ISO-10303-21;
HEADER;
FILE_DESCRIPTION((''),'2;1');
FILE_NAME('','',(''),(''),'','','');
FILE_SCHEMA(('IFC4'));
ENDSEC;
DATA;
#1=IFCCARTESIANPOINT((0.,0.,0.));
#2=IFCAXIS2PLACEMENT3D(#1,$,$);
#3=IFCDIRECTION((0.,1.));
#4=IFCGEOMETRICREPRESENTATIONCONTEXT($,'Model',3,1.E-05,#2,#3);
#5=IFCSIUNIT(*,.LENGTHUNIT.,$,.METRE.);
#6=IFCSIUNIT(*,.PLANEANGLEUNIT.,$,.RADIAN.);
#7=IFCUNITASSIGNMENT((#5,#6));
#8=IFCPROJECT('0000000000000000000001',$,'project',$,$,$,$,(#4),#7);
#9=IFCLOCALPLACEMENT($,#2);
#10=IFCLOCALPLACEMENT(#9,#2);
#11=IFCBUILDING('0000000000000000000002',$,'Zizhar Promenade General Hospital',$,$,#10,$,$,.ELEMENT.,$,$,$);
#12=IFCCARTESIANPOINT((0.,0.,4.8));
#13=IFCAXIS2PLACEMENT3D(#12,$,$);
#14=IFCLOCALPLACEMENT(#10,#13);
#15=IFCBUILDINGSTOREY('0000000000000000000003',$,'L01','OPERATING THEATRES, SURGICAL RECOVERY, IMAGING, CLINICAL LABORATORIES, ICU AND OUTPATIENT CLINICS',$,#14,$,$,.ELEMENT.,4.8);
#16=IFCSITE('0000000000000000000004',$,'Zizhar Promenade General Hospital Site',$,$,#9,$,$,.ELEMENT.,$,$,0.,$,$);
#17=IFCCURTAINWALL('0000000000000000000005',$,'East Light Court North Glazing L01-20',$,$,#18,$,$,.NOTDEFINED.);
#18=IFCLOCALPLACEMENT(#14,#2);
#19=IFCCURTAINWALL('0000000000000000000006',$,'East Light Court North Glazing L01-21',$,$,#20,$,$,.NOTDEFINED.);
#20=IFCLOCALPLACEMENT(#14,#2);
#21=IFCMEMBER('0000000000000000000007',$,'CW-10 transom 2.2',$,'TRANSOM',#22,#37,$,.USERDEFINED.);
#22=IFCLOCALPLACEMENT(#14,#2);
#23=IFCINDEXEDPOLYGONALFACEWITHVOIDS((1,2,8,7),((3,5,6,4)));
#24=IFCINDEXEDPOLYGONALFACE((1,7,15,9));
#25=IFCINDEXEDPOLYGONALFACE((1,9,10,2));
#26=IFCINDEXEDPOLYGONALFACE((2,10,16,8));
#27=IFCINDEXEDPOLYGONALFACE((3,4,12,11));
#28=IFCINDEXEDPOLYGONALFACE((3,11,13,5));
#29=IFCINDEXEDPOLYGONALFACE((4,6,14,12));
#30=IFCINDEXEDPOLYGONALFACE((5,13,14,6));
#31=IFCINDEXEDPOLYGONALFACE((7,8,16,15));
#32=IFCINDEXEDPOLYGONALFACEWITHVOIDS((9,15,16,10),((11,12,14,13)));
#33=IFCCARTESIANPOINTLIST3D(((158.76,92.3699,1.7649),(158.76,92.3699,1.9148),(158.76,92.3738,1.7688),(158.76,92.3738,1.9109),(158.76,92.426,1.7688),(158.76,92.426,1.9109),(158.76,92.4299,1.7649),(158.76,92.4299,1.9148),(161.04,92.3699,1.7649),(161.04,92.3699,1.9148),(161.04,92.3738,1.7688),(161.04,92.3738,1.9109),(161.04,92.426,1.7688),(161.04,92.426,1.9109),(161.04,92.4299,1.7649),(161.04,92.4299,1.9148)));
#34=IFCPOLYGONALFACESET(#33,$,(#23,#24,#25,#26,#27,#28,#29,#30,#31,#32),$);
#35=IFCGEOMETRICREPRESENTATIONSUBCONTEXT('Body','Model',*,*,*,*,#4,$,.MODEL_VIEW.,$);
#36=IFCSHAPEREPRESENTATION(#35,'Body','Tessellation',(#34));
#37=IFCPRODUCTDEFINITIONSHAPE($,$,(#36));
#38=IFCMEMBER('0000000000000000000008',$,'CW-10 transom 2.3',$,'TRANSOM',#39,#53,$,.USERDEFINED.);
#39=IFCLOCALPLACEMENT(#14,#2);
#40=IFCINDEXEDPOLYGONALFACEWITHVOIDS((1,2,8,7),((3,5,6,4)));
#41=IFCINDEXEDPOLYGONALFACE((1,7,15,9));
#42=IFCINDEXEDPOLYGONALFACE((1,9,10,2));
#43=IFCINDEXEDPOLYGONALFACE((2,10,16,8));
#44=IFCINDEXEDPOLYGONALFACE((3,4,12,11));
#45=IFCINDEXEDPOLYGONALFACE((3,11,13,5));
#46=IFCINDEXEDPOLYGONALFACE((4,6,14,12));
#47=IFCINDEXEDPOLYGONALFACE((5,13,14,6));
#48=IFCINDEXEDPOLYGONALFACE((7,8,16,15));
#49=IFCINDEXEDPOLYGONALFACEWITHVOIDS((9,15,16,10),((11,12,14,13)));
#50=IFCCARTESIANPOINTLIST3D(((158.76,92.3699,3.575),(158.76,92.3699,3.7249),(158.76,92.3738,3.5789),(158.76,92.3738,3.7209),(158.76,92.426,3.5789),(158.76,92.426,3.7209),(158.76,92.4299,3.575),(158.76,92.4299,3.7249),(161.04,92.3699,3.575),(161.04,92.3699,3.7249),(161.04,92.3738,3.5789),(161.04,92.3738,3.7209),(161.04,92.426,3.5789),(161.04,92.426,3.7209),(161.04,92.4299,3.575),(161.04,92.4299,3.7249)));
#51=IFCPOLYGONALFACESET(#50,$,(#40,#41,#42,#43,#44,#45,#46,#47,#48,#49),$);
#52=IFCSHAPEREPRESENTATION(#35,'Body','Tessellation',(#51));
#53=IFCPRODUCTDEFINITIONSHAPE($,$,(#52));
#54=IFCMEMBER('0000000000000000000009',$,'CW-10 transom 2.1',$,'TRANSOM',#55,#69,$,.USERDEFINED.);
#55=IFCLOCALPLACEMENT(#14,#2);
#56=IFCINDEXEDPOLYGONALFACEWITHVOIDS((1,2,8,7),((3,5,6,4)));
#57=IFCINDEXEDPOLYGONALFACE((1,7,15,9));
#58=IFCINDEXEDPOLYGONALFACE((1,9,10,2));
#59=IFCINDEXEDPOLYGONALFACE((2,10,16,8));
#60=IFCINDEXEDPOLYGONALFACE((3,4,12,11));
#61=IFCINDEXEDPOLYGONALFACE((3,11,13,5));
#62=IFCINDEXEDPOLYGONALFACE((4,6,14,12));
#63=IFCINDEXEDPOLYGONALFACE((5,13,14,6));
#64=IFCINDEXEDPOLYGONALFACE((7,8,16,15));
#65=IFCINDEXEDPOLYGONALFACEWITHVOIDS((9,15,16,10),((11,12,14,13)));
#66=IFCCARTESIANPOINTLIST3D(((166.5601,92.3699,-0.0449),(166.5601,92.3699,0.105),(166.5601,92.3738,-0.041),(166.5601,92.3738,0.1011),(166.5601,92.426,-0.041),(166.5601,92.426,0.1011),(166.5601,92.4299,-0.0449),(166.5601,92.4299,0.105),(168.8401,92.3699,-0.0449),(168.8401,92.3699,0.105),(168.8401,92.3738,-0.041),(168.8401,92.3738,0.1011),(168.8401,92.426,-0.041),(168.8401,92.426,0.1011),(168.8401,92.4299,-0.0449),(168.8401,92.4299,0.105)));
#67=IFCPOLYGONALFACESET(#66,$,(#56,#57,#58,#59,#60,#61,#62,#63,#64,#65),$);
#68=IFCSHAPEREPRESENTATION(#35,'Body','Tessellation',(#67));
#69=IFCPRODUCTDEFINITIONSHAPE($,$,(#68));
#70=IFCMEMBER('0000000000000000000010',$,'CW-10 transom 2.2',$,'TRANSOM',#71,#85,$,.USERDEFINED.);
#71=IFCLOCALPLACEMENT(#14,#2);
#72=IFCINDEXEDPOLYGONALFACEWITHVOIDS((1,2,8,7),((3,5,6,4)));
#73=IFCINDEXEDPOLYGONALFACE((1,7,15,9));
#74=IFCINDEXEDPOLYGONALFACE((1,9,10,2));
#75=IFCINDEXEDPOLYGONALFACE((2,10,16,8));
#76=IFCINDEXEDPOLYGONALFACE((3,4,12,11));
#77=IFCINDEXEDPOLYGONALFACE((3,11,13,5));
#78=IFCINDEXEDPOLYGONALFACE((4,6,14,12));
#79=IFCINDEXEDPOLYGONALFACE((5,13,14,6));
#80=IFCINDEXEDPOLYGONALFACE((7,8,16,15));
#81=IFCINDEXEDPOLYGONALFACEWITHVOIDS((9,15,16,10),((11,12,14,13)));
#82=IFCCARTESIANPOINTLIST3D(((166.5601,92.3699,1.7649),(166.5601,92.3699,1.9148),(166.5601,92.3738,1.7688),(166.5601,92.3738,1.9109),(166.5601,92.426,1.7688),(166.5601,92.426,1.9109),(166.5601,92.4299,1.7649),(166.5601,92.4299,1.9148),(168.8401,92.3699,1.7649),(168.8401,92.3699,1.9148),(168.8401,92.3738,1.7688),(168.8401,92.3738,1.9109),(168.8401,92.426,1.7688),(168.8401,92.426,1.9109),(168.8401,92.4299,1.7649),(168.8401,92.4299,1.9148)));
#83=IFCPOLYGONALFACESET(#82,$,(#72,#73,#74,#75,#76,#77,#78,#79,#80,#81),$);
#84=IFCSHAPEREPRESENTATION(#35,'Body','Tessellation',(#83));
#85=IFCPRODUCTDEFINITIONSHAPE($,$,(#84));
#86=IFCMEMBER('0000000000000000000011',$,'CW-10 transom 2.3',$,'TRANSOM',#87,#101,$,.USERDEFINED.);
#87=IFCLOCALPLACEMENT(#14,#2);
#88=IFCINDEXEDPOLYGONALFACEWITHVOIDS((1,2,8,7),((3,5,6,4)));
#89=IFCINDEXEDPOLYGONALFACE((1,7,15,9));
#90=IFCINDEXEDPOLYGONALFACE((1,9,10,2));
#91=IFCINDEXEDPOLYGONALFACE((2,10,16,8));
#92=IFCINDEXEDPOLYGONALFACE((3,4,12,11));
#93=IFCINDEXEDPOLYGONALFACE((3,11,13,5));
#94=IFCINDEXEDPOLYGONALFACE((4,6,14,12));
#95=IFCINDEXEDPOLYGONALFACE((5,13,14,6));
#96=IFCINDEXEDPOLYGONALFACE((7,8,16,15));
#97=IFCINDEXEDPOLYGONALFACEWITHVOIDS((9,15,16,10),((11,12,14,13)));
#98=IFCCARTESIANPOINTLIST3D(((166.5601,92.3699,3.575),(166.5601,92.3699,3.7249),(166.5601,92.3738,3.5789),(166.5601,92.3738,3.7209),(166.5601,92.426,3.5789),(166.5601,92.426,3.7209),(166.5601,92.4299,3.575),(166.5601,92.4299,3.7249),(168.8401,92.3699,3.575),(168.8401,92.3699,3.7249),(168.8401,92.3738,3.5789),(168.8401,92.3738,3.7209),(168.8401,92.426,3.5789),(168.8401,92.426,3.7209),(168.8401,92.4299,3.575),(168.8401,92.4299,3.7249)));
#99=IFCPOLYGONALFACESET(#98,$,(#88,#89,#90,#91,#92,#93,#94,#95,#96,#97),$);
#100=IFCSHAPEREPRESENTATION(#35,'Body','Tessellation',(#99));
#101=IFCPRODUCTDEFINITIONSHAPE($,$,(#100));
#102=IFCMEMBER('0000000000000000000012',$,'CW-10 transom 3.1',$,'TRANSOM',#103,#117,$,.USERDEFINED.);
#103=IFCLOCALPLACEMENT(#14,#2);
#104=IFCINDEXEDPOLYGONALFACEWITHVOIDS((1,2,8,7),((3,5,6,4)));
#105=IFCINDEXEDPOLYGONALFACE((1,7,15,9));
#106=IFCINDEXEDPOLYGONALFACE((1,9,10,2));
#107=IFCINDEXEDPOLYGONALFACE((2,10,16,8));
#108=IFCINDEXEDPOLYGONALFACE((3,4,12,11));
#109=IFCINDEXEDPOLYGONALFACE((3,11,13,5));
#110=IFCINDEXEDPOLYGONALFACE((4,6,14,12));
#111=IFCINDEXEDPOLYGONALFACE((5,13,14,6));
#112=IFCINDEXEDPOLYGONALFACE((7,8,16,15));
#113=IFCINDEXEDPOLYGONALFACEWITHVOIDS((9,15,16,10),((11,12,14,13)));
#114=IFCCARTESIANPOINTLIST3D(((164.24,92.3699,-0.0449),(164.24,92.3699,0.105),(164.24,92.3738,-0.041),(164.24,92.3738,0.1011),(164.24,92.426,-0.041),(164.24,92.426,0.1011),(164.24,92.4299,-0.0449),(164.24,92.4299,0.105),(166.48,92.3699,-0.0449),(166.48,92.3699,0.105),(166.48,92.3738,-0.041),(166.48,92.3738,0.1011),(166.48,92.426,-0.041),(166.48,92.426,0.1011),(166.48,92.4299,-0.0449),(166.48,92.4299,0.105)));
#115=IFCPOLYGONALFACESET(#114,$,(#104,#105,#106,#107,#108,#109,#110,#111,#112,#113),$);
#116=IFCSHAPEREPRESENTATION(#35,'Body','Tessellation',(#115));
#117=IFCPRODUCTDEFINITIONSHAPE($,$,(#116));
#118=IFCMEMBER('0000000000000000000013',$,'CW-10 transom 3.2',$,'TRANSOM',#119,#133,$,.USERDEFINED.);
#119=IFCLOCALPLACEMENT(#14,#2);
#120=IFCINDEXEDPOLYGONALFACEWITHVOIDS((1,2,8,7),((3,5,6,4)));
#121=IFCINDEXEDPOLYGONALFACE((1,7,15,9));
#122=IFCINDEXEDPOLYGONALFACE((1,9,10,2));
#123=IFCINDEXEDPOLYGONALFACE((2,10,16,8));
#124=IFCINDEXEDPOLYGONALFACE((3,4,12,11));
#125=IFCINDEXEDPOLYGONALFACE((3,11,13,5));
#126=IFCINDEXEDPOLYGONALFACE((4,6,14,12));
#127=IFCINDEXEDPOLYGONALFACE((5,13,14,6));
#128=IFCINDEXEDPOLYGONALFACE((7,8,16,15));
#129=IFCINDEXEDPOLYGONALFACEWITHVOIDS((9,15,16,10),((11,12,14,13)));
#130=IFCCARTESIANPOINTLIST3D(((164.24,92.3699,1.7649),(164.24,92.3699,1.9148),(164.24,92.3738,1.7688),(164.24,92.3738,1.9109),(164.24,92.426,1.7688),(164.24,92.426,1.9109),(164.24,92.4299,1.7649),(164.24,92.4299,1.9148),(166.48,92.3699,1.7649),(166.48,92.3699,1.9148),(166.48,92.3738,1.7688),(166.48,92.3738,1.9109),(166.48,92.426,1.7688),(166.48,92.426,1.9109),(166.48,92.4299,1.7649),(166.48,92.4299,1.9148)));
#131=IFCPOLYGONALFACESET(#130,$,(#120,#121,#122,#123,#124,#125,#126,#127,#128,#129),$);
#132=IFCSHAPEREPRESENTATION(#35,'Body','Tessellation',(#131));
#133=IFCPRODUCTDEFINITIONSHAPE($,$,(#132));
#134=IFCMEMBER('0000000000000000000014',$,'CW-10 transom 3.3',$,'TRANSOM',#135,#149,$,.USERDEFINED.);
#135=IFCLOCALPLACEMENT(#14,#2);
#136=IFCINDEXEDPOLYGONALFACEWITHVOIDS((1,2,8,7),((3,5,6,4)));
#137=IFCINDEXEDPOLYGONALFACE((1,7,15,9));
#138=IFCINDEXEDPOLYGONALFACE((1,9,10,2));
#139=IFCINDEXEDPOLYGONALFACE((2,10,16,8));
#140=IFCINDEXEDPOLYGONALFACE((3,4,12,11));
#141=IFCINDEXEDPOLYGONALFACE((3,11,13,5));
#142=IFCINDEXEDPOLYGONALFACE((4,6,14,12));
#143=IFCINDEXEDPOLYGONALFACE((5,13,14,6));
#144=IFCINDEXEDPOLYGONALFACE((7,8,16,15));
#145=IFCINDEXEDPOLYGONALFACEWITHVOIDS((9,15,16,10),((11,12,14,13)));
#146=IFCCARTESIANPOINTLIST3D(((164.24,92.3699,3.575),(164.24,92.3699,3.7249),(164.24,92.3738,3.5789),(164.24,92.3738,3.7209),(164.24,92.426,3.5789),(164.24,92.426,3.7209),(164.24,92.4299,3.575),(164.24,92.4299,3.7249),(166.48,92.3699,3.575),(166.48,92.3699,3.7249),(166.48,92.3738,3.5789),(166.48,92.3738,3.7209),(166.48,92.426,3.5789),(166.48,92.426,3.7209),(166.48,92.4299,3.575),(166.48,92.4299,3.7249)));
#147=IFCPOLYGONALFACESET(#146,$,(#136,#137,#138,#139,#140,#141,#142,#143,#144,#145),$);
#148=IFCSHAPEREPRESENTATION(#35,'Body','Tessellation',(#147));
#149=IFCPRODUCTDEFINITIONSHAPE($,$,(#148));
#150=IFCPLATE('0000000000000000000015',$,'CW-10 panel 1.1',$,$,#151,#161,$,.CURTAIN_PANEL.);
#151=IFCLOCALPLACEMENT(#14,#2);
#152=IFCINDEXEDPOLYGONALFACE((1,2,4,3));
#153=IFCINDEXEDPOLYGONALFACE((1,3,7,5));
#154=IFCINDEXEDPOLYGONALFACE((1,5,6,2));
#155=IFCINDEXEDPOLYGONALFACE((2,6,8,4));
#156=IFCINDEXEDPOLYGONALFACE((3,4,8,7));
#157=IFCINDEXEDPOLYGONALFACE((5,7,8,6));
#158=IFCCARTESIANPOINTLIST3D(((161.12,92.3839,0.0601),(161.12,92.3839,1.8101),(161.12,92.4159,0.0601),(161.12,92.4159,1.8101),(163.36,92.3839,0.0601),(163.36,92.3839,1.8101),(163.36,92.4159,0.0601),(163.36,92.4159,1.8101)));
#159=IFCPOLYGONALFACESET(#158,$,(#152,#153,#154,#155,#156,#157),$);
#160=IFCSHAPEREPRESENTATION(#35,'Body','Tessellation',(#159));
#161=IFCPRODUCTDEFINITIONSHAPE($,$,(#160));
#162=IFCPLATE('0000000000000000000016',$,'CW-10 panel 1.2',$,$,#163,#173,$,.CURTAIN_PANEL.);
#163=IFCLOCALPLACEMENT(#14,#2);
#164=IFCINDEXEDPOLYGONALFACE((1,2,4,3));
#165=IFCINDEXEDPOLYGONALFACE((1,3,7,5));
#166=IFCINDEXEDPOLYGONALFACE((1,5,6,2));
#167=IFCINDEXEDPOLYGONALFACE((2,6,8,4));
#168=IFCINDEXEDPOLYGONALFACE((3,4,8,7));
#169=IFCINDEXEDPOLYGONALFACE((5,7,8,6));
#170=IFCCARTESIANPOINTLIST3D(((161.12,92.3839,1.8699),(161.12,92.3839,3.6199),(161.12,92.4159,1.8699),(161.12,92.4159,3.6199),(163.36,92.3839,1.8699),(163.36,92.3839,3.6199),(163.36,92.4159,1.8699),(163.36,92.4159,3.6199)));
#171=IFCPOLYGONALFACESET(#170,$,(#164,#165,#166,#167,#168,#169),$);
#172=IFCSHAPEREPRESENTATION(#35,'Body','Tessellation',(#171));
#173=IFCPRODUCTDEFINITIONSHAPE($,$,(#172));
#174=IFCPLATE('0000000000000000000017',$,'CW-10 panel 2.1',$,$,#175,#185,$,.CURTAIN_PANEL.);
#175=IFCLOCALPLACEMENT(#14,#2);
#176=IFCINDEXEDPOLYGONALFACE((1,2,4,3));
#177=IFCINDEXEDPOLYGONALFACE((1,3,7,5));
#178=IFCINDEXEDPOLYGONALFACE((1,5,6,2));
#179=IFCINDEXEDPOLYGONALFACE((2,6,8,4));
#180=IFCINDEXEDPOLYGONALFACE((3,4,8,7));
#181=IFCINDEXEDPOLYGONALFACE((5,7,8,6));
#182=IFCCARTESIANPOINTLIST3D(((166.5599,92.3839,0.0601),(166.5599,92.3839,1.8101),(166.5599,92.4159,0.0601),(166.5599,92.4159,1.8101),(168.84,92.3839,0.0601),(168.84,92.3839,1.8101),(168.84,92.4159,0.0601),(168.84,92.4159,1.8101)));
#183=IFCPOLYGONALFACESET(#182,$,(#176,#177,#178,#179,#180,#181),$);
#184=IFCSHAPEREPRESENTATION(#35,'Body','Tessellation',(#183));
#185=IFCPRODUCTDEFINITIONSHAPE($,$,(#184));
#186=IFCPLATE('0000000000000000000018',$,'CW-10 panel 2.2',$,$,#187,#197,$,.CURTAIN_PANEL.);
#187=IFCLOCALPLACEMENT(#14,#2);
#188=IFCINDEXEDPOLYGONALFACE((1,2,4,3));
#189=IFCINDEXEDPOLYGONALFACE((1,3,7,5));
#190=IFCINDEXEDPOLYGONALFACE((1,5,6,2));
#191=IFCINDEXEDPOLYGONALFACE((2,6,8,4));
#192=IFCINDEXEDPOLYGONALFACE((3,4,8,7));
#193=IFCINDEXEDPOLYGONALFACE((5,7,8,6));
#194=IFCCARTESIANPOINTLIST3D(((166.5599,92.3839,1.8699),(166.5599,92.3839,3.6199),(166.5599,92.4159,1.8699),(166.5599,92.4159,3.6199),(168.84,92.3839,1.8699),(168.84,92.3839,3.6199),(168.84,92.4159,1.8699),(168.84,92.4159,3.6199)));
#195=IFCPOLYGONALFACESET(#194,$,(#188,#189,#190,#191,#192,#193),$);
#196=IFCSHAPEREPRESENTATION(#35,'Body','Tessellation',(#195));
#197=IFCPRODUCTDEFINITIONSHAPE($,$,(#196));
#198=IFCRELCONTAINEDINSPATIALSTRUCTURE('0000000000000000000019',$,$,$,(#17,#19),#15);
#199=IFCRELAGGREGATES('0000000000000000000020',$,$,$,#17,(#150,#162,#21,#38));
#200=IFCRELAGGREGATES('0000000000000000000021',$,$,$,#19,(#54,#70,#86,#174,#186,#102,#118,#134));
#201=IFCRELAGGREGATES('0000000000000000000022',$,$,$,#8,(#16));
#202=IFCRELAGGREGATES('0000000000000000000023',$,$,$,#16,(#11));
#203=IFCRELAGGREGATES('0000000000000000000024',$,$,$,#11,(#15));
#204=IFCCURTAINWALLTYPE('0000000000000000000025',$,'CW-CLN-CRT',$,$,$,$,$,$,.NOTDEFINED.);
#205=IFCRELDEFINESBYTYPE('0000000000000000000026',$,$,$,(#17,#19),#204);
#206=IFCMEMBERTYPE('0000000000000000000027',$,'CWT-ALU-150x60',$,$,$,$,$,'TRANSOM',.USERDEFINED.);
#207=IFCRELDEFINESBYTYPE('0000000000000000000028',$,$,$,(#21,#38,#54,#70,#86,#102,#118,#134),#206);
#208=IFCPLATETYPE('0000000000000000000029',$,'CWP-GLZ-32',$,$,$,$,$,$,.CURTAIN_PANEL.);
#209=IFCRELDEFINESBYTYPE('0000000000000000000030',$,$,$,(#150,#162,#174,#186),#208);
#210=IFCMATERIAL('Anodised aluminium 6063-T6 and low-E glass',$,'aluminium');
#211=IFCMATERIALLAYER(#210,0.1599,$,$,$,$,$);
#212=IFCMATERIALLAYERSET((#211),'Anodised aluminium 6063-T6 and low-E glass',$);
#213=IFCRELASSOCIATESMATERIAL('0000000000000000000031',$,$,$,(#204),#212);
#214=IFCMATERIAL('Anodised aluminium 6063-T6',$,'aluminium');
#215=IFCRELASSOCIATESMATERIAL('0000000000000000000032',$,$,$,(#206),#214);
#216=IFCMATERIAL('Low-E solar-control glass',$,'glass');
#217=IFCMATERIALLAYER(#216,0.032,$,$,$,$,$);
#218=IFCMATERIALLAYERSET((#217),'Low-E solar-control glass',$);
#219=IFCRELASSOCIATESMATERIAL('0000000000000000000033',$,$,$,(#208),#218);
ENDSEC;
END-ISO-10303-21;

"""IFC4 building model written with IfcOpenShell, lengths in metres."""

from ifc_helpers import new_model, si_unit, direction, frame, origin, origin_2d, place, context, subcontext, project, spatial, rectangle, hollow_rectangle, extrude, material, layer, layer_set, material_profile, profile_set, type_object, element, aggregate, save


model = new_model("IFC4")

# Units and contexts
model_context = context("Model", 3, precision=1e-05, world=origin(), true_north=direction((0.0, 1.0)))
body_context = subcontext(model_context, "Body", "Model", "MODEL_VIEW")
ifc_project = project(units=[si_unit("LENGTHUNIT", "METRE"), si_unit("PLANEANGLEUNIT", "RADIAN")], contexts=[model_context])

# Site, building, storey
site_placement = place(None, origin())
site = spatial("IfcSite", under=ifc_project, at=site_placement, Name="Zizhar Promenade General Hospital Site", CompositionType="ELEMENT", RefElevation=0.0)
building_placement = place(site_placement, origin())
building = spatial("IfcBuilding", under=site, at=building_placement, Name="Zizhar Promenade General Hospital", CompositionType="ELEMENT")
storey_placement = place(building_placement, frame((0.0, 0.0, 4.8)))
storey = spatial("IfcBuildingStorey", under=building, at=storey_placement, Name="L01", Description="OPERATING THEATRES, SURGICAL RECOVERY, IMAGING, CLINICAL LABORATORIES, ICU AND OUTPATIENT CLINICS", CompositionType="ELEMENT", Elevation=4.8)

# Curtain walls
ifc_material_1 = material(Name="Anodised aluminium 6063-T6 and low-E glass", Category="aluminium")
ifc_layer_1 = layer(ifc_material_1, 0.1599)
ifc_layer_set_1 = layer_set([ifc_layer_1], Name="Anodised aluminium 6063-T6 and low-E glass")
curtain_wall_type = type_object("IfcCurtainWallType", Name="CW-CLN-CRT", PredefinedType="NOTDEFINED", material=ifc_layer_set_1)
curtain_wall_1_placement = place(storey_placement, origin())
curtain_wall_1 = element("IfcCurtainWall", 1, at=curtain_wall_1_placement, inside=storey, type_object=curtain_wall_type, Name="East Light Court North Glazing L01-20", PredefinedType="NOTDEFINED")
curtain_wall_2_placement = place(storey_placement, origin())
curtain_wall_2 = element("IfcCurtainWall", 2, at=curtain_wall_2_placement, inside=storey, type_object=curtain_wall_type, Name="East Light Court North Glazing L01-21", PredefinedType="NOTDEFINED")

# Members
ifc_material_2 = material(Name="Anodised aluminium 6063-T6", Category="aluminium")
ifc_material_profile_1 = material_profile(ifc_material_2, hollow_rectangle(XDim=0.0601, YDim=0.1499, WallThickness=0.0039, at=origin_2d()))
ifc_profile_set_1 = profile_set([ifc_material_profile_1], Name="Anodised aluminium 6063-T6")
member_type_1 = type_object("IfcMemberType", Name="CWT-ALU-150x60", ElementType="TRANSOM", PredefinedType="USERDEFINED", material=ifc_profile_set_1)
member_1_placement = place(storey_placement, frame((161.04, 92.3999, 1.8398), z_axis=(-1.0, 0.0, 0.0), x_axis=(0.0, -1.0, 0.0)))
member_1 = element("IfcMember", 3, at=member_1_placement, type_object=member_type_1, Name="CW-10 transom 2.2", ObjectType="TRANSOM", PredefinedType="USERDEFINED", context=body_context, shape_type="SweptSolid", body=[
    extrude(hollow_rectangle(XDim=0.0601, YDim=0.1499, WallThickness=0.0039, at=origin_2d()), origin(), (0.0, 0.0, 1.0), 2.28),
])
member_2_placement = place(storey_placement, frame((161.04, 92.3999, 3.6499), z_axis=(-1.0, 0.0, 0.0), x_axis=(0.0, -1.0, 0.0)))
member_2 = element("IfcMember", 4, at=member_2_placement, type_object=member_type_1, Name="CW-10 transom 2.3", ObjectType="TRANSOM", PredefinedType="USERDEFINED", context=body_context, shape_type="SweptSolid", body=[
    extrude(hollow_rectangle(XDim=0.0601, YDim=0.1499, WallThickness=0.0039, at=origin_2d()), origin(), (0.0, 0.0, 1.0), 2.28),
])
member_3_placement = place(storey_placement, frame((168.8401, 92.3999, 0.03), z_axis=(-1.0, 0.0, 0.0), x_axis=(0.0, -1.0, 0.0)))
member_3 = element("IfcMember", 5, at=member_3_placement, type_object=member_type_1, Name="CW-10 transom 2.1", ObjectType="TRANSOM", PredefinedType="USERDEFINED", context=body_context, shape_type="SweptSolid", body=[
    extrude(hollow_rectangle(XDim=0.0601, YDim=0.1499, WallThickness=0.0039, at=origin_2d()), origin(), (0.0, 0.0, 1.0), 2.28),
])
member_4_placement = place(storey_placement, frame((168.8401, 92.3999, 1.8398), z_axis=(-1.0, 0.0, 0.0), x_axis=(0.0, -1.0, 0.0)))
member_4 = element("IfcMember", 6, at=member_4_placement, type_object=member_type_1, Name="CW-10 transom 2.2", ObjectType="TRANSOM", PredefinedType="USERDEFINED", context=body_context, shape_type="SweptSolid", body=[
    extrude(hollow_rectangle(XDim=0.0601, YDim=0.1499, WallThickness=0.0039, at=origin_2d()), origin(), (0.0, 0.0, 1.0), 2.28),
])
member_5_placement = place(storey_placement, frame((168.8401, 92.3999, 3.6499), z_axis=(-1.0, 0.0, 0.0), x_axis=(0.0, -1.0, 0.0)))
member_5 = element("IfcMember", 7, at=member_5_placement, type_object=member_type_1, Name="CW-10 transom 2.3", ObjectType="TRANSOM", PredefinedType="USERDEFINED", context=body_context, shape_type="SweptSolid", body=[
    extrude(hollow_rectangle(XDim=0.0601, YDim=0.1499, WallThickness=0.0039, at=origin_2d()), origin(), (0.0, 0.0, 1.0), 2.28),
])
member_6_placement = place(storey_placement, frame((166.48, 92.3999, 0.03), z_axis=(-1.0, 0.0, 0.0), x_axis=(0.0, -1.0, 0.0)))
member_6 = element("IfcMember", 8, at=member_6_placement, type_object=member_type_1, Name="CW-10 transom 3.1", ObjectType="TRANSOM", PredefinedType="USERDEFINED", context=body_context, shape_type="SweptSolid", body=[
    extrude(hollow_rectangle(XDim=0.0601, YDim=0.1499, WallThickness=0.0039, at=origin_2d()), origin(), (0.0, 0.0, 1.0), 2.24),
])
member_7_placement = place(storey_placement, frame((166.48, 92.3999, 1.8398), z_axis=(-1.0, 0.0, 0.0), x_axis=(0.0, -1.0, 0.0)))
member_7 = element("IfcMember", 9, at=member_7_placement, type_object=member_type_1, Name="CW-10 transom 3.2", ObjectType="TRANSOM", PredefinedType="USERDEFINED", context=body_context, shape_type="SweptSolid", body=[
    extrude(hollow_rectangle(XDim=0.0601, YDim=0.1499, WallThickness=0.0039, at=origin_2d()), origin(), (0.0, 0.0, 1.0), 2.24),
])
member_8_placement = place(storey_placement, frame((166.48, 92.3999, 3.6499), z_axis=(-1.0, 0.0, 0.0), x_axis=(0.0, -1.0, 0.0)))
member_8 = element("IfcMember", 10, at=member_8_placement, type_object=member_type_1, Name="CW-10 transom 3.3", ObjectType="TRANSOM", PredefinedType="USERDEFINED", context=body_context, shape_type="SweptSolid", body=[
    extrude(hollow_rectangle(XDim=0.0601, YDim=0.1499, WallThickness=0.0039, at=origin_2d()), origin(), (0.0, 0.0, 1.0), 2.24),
])

# Plates
ifc_material_3 = material(Name="Low-E solar-control glass", Category="glass")
ifc_layer_2 = layer(ifc_material_3, 0.032)
ifc_layer_set_2 = layer_set([ifc_layer_2], Name="Low-E solar-control glass")
plate_type = type_object("IfcPlateType", Name="CWP-GLZ-32", PredefinedType="CURTAIN_PANEL", material=ifc_layer_set_2)
plate_1_placement = place(storey_placement, frame((162.24, 92.3999, 0.0601), z_axis=(0.0, 0.0, 1.0), x_axis=(-1.0, 0.0, 0.0)))
plate_1 = element("IfcPlate", 11, at=plate_1_placement, type_object=plate_type, Name="CW-10 panel 1.1", PredefinedType="CURTAIN_PANEL", context=body_context, shape_type="SweptSolid", body=[
    extrude(rectangle(XDim=2.24, YDim=0.032, at=origin_2d()), origin(), (0.0, 0.0, 1.0), 1.75),
])
plate_2_placement = place(storey_placement, frame((162.24, 92.3999, 1.8699), z_axis=(0.0, 0.0, 1.0), x_axis=(-1.0, 0.0, 0.0)))
plate_2 = element("IfcPlate", 12, at=plate_2_placement, type_object=plate_type, Name="CW-10 panel 1.2", PredefinedType="CURTAIN_PANEL", context=body_context, shape_type="SweptSolid", body=[
    extrude(rectangle(XDim=2.24, YDim=0.032, at=origin_2d()), origin(), (0.0, 0.0, 1.0), 1.75),
])
aggregate(curtain_wall_1, [plate_1, plate_2, member_1, member_2])
plate_3_placement = place(storey_placement, frame((167.7, 92.3999, 0.0601), z_axis=(0.0, 0.0, 1.0), x_axis=(-1.0, 0.0, 0.0)))
plate_3 = element("IfcPlate", 13, at=plate_3_placement, type_object=plate_type, Name="CW-10 panel 2.1", PredefinedType="CURTAIN_PANEL", context=body_context, shape_type="SweptSolid", body=[
    extrude(rectangle(XDim=2.28, YDim=0.032, at=origin_2d()), origin(), (0.0, 0.0, 1.0), 1.75),
])
plate_4_placement = place(storey_placement, frame((167.7, 92.3999, 1.8699), z_axis=(0.0, 0.0, 1.0), x_axis=(-1.0, 0.0, 0.0)))
plate_4 = element("IfcPlate", 14, at=plate_4_placement, type_object=plate_type, Name="CW-10 panel 2.2", PredefinedType="CURTAIN_PANEL", context=body_context, shape_type="SweptSolid", body=[
    extrude(rectangle(XDim=2.28, YDim=0.032, at=origin_2d()), origin(), (0.0, 0.0, 1.0), 1.75),
])
aggregate(curtain_wall_2, [member_3, member_4, member_5, plate_3, plate_4, member_6, member_7, member_8])

save(model, "model.ifc")
